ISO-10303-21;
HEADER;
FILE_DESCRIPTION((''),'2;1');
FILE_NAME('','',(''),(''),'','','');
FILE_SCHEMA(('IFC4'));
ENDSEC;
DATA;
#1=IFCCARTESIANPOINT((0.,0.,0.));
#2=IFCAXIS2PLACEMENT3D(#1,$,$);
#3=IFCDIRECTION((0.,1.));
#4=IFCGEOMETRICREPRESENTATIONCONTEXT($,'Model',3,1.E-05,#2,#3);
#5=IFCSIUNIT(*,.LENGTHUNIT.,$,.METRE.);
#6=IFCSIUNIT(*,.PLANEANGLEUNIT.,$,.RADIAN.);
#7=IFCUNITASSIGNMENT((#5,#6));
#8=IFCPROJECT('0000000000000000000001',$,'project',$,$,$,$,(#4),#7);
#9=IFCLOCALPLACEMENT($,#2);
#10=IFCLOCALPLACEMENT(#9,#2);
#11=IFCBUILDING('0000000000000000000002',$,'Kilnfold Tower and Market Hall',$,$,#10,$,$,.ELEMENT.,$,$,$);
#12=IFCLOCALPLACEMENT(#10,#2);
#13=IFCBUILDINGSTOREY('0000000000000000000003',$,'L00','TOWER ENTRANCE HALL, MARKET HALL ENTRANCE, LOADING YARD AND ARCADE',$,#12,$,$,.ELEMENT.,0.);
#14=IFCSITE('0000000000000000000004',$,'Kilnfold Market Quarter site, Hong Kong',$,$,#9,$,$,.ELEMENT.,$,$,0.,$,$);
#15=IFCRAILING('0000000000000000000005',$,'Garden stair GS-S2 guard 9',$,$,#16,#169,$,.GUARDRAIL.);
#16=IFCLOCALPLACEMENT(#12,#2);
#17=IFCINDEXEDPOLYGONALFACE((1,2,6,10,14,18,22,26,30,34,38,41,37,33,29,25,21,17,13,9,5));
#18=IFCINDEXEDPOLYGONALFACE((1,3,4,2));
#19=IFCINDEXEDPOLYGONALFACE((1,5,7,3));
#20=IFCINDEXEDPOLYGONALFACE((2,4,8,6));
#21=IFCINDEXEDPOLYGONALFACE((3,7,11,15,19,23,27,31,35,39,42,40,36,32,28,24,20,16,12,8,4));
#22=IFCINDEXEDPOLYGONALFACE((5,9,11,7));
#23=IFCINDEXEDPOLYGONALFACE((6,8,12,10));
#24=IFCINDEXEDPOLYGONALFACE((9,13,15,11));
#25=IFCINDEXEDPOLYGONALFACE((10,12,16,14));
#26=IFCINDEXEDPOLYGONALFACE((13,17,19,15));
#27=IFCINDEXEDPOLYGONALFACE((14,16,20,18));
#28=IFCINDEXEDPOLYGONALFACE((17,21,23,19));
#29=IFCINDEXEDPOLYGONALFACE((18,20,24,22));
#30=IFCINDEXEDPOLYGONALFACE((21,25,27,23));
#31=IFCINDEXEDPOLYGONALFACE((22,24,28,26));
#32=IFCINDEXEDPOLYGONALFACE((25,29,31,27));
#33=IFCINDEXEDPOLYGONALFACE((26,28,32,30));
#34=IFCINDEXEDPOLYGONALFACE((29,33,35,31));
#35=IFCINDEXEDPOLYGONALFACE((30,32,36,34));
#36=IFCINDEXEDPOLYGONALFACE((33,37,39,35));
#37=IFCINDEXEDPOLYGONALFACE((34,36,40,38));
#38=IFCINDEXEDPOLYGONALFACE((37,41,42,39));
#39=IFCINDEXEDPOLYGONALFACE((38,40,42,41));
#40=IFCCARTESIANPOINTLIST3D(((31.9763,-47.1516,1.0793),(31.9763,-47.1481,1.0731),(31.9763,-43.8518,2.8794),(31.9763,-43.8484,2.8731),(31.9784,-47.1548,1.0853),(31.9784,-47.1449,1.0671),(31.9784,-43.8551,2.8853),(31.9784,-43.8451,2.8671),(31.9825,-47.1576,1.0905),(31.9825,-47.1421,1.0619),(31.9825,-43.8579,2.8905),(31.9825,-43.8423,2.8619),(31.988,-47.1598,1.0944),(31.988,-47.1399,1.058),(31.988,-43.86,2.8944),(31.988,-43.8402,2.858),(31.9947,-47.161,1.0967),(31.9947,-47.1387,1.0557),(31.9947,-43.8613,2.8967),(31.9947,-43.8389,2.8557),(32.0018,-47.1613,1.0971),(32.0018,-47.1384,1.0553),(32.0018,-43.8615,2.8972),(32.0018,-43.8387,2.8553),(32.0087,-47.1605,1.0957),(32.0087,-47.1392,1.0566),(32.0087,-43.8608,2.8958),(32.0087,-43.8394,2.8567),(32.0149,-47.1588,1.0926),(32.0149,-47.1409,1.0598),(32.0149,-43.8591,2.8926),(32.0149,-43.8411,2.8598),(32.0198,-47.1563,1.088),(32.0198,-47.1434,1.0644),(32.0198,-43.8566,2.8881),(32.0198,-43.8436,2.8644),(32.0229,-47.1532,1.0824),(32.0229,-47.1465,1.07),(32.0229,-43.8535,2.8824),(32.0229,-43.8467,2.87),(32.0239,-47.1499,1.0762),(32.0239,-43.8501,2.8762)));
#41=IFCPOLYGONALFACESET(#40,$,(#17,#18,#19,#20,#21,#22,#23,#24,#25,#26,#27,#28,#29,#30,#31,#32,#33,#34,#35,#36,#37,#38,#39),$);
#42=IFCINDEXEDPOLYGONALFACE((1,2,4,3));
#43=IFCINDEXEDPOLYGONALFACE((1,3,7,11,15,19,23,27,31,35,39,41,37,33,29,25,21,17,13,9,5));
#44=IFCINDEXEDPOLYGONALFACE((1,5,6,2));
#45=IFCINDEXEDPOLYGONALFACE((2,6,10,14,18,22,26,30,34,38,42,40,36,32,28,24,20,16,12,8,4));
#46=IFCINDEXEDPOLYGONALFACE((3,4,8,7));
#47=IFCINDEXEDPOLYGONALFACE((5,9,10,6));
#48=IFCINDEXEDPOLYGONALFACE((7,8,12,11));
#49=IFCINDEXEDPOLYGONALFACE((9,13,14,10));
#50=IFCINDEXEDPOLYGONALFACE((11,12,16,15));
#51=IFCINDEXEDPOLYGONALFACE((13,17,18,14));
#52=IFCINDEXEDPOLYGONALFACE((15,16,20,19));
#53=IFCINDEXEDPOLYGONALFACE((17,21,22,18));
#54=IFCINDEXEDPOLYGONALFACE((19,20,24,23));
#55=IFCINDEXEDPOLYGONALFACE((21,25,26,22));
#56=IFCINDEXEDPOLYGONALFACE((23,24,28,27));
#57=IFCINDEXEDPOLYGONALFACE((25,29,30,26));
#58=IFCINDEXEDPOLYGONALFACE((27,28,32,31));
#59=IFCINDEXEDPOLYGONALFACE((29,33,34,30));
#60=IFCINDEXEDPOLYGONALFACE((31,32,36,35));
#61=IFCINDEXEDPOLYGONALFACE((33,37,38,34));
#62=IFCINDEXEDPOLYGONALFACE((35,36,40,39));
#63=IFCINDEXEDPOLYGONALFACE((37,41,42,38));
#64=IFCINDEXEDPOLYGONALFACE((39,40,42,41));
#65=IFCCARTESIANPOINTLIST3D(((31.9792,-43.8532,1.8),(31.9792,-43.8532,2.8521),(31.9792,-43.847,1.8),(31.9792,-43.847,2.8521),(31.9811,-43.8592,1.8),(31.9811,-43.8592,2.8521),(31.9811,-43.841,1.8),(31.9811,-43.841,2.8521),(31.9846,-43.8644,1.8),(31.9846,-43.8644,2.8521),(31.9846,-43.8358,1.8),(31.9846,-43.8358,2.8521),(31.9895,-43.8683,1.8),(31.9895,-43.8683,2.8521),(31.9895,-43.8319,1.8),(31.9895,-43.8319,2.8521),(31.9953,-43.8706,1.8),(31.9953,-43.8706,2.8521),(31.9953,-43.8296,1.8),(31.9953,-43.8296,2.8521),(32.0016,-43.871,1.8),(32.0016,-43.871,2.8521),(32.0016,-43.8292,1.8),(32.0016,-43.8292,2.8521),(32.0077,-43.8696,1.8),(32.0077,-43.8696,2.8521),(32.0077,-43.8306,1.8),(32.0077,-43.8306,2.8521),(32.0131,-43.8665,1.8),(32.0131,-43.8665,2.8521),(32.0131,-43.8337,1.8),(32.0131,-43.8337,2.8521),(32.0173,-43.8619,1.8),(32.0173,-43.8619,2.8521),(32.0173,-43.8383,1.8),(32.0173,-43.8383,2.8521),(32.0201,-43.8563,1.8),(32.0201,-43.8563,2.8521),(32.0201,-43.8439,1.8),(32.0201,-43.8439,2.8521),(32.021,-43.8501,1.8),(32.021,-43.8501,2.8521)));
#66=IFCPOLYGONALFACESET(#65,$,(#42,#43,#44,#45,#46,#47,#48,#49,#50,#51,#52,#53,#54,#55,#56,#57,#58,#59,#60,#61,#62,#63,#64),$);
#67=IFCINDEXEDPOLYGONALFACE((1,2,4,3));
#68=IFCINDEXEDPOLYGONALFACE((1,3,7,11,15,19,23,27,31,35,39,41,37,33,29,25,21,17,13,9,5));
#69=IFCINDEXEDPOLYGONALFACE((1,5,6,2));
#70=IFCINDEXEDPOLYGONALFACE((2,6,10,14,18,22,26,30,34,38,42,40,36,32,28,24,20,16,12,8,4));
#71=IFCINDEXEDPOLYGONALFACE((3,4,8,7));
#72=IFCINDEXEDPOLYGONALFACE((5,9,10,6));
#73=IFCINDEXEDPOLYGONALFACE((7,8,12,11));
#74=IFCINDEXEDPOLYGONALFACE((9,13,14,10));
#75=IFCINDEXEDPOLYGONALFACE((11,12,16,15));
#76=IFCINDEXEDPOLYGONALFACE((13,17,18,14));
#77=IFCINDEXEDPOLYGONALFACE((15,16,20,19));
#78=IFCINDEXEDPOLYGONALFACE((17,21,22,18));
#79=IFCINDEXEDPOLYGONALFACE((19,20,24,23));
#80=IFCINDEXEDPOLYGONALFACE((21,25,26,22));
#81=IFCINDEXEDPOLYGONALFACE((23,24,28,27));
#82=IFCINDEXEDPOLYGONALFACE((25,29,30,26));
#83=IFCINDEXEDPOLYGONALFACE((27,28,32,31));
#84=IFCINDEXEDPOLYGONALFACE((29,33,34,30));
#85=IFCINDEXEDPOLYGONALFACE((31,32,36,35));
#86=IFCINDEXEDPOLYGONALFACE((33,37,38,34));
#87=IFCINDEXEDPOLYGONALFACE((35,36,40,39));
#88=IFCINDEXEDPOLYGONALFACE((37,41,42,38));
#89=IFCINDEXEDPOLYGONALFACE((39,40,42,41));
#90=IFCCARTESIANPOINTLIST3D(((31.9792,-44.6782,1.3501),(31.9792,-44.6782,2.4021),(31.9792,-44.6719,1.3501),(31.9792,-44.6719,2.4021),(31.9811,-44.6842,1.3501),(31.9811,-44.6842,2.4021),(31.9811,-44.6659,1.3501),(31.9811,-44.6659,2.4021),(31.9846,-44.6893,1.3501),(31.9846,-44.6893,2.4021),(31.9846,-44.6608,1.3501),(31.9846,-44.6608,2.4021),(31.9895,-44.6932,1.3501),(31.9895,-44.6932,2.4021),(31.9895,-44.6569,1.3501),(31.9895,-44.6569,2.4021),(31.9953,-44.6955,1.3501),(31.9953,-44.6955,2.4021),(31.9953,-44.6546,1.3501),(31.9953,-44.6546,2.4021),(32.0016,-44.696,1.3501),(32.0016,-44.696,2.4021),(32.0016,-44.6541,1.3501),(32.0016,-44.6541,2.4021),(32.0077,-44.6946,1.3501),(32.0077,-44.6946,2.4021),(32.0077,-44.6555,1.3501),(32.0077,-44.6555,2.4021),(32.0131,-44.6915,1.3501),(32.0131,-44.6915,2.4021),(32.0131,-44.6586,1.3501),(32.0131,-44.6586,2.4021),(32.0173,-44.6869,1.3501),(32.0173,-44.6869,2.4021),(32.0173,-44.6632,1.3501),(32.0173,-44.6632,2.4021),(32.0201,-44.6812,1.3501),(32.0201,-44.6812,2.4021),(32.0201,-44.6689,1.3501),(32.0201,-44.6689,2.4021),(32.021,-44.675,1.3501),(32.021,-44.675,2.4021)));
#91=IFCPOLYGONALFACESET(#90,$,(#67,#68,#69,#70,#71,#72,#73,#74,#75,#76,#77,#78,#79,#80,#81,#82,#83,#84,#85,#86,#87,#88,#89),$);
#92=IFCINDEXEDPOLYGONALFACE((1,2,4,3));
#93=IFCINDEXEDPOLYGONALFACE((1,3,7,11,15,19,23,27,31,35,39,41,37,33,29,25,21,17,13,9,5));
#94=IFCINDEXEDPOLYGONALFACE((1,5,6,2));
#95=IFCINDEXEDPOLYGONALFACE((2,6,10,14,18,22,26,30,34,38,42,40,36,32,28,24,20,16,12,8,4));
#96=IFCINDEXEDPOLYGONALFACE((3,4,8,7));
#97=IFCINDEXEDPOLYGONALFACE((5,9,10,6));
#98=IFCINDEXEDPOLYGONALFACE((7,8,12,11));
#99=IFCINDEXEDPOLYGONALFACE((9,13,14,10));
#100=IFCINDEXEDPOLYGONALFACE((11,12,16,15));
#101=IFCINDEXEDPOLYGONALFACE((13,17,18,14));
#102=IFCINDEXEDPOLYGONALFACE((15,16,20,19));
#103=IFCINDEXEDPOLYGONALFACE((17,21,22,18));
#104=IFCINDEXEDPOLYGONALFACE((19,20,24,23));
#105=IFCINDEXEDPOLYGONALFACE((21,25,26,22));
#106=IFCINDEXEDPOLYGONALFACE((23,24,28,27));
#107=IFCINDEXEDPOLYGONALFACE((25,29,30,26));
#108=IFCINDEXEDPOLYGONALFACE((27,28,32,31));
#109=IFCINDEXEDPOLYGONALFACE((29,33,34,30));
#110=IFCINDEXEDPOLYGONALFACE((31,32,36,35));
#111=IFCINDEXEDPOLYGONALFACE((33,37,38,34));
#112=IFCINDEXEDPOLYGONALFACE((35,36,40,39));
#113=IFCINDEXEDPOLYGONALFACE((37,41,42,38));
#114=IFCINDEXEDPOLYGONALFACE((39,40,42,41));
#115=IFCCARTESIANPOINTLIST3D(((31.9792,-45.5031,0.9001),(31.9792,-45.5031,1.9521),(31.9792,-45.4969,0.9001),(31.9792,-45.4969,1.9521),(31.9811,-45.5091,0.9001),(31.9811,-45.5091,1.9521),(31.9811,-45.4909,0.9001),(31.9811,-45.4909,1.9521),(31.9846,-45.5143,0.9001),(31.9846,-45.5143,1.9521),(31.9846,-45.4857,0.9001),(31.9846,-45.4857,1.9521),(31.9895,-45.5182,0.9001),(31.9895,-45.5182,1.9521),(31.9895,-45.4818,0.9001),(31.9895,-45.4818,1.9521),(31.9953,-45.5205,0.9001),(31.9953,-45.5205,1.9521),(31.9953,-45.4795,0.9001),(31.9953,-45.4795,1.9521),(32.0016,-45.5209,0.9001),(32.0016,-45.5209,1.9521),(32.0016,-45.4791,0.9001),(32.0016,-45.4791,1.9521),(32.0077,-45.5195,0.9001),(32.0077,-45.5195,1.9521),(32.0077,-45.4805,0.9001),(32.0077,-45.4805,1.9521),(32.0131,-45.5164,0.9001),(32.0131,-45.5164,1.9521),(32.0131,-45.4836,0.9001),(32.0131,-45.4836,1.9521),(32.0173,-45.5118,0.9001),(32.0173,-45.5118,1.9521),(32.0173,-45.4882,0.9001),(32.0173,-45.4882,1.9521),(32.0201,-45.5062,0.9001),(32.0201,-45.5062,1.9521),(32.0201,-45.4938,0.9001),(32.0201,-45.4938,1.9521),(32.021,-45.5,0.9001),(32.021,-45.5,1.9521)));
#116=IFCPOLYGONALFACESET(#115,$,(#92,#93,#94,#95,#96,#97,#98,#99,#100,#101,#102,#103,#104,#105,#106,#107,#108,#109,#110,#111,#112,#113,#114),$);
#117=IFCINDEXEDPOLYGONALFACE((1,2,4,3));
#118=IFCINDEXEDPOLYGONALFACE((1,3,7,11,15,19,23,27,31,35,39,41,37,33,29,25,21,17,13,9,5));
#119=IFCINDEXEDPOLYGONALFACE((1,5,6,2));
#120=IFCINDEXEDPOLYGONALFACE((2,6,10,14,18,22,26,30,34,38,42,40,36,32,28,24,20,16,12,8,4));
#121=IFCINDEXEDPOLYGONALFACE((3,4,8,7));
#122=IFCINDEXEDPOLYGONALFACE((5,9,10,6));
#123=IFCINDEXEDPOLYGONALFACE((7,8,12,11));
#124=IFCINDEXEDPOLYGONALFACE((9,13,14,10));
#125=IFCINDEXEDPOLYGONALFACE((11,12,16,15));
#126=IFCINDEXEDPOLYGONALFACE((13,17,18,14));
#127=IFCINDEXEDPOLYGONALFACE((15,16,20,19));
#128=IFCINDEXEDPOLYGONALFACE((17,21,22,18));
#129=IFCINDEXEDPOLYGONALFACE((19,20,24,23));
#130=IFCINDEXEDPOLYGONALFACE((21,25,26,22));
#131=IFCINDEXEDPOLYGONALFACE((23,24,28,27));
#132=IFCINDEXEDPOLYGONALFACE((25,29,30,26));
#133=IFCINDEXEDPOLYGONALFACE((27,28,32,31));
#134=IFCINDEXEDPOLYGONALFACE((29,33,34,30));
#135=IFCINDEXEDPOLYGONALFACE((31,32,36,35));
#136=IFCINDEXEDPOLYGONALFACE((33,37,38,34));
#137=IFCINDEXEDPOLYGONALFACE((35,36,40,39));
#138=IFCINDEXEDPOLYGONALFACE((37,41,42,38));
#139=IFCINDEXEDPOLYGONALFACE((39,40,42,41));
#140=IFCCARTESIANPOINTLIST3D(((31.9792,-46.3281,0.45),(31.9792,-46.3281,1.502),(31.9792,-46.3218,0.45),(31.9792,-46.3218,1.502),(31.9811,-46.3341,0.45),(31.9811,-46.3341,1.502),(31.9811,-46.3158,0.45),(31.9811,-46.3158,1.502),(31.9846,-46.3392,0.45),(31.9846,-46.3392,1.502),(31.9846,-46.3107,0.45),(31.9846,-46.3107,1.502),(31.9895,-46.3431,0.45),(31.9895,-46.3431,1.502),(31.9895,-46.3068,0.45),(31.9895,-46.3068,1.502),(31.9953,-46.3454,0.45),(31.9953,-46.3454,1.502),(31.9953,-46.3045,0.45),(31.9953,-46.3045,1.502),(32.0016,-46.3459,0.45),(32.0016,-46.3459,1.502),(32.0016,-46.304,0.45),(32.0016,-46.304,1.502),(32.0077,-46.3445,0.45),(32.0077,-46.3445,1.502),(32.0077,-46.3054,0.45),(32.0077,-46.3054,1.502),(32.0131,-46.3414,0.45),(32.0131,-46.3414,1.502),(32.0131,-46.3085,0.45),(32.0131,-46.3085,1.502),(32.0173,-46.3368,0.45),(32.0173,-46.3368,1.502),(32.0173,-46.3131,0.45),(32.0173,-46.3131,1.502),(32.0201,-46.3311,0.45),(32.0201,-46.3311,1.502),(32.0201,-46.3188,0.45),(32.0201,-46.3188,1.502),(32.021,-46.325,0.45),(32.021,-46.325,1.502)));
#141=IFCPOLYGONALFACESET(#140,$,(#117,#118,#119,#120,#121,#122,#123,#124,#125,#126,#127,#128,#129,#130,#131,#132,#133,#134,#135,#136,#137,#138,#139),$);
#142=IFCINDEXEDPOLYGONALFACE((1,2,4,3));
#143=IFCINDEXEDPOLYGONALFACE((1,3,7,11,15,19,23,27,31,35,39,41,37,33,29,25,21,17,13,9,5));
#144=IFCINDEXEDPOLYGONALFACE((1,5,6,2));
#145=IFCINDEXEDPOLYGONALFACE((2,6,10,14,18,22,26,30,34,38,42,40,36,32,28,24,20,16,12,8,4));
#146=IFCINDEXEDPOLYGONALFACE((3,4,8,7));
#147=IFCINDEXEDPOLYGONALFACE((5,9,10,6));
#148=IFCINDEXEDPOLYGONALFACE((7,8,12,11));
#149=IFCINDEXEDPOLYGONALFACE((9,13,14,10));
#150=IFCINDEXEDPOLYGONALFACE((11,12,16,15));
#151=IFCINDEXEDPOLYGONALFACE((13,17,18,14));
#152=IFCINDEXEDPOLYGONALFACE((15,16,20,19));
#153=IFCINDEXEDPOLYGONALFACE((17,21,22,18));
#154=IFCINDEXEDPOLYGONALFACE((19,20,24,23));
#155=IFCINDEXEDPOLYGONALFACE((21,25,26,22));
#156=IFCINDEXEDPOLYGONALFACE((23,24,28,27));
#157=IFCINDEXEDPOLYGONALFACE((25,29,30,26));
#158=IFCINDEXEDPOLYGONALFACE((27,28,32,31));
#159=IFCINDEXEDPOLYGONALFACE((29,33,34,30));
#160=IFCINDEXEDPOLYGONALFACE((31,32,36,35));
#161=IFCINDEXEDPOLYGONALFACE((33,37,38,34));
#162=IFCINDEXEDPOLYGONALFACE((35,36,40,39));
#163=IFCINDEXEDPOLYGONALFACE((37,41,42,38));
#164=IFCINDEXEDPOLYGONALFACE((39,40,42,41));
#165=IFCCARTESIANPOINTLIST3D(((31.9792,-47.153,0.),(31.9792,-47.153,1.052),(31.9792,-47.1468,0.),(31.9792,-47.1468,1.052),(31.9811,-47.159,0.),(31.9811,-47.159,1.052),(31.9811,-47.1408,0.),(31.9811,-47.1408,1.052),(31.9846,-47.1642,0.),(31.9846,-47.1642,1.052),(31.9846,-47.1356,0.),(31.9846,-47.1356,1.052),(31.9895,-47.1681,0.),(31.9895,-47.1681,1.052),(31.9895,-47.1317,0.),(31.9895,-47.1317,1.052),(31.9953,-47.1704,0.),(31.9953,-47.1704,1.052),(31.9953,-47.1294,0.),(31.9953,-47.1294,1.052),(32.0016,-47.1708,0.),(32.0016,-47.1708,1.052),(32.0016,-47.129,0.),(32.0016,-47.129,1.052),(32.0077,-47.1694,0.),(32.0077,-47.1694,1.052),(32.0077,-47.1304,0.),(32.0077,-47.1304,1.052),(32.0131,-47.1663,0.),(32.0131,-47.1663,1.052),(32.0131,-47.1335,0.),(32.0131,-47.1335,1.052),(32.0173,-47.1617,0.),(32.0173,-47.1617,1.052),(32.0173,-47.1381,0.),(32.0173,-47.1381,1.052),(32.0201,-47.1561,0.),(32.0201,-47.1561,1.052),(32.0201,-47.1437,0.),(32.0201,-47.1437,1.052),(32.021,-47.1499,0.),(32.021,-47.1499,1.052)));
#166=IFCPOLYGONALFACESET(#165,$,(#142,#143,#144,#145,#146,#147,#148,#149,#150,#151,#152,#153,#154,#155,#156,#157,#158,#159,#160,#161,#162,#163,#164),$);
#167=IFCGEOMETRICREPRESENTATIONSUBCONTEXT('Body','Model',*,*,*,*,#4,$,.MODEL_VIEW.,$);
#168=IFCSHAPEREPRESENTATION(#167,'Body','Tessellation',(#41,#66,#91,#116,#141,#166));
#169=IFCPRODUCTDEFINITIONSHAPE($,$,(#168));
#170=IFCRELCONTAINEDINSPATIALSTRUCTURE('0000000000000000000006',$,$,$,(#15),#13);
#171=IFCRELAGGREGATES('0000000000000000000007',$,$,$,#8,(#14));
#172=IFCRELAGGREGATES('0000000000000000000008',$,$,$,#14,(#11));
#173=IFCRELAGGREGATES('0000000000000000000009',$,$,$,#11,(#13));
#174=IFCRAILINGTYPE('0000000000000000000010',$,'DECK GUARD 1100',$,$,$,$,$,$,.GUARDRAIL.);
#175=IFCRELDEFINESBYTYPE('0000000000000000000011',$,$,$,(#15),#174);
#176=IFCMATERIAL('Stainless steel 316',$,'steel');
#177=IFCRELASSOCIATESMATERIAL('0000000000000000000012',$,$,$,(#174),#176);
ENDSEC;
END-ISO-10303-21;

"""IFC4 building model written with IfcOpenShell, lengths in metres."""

from ifc_helpers import new_model, si_unit, direction, frame, origin, origin_2d, place, context, subcontext, project, spatial, circle, extrude, material, type_object, element, save


model = new_model("IFC4")

# Units and contexts
model_context = context("Model", 3, precision=1e-05, world=origin(), true_north=direction((0.0, 1.0)))
body_context = subcontext(model_context, "Body", "Model", "MODEL_VIEW")
ifc_project = project(units=[si_unit("LENGTHUNIT", "METRE"), si_unit("PLANEANGLEUNIT", "RADIAN")], contexts=[model_context])

# Site, building, storey
site_placement = place(None, origin())
site = spatial("IfcSite", under=ifc_project, at=site_placement, Name="Kilnfold Market Quarter site, Hong Kong", CompositionType="ELEMENT", RefElevation=0.0)
building_placement = place(site_placement, origin())
building = spatial("IfcBuilding", under=site, at=building_placement, Name="Kilnfold Tower and Market Hall", CompositionType="ELEMENT")
storey_placement = place(building_placement, origin())
storey = spatial("IfcBuildingStorey", under=building, at=storey_placement, Name="L00", Description="TOWER ENTRANCE HALL, MARKET HALL ENTRANCE, LOADING YARD AND ARCADE", CompositionType="ELEMENT", Elevation=0.0)

# Railing
ifc_material_1 = material(Name="Stainless steel 316", Category="steel")
railing_type_1 = type_object("IfcRailingType", Name="DECK GUARD 1100", PredefinedType="GUARDRAIL", material=ifc_material_1)
railing_1_placement = place(storey_placement, frame((32.0, -43.8501, 1.8)))
element("IfcRailing", 1, at=railing_1_placement, inside=storey, type_object=railing_type_1, Name="Garden stair GS-S2 guard 9", PredefinedType="GUARDRAIL", context=body_context, shape_type="SweptSolid", body=[
    extrude(circle(Radius=0.0239, at=origin_2d()), frame((0.0, 0.0, 1.0762), z_axis=(0.0, -0.877878, -0.478884), x_axis=(1.0, 0.0, 0.0)), (0.0, 0.0, 1.0), 3.7588),
    extrude(circle(Radius=0.021, at=origin_2d()), origin(), (0.0, 0.0, 1.0), 1.052),
    extrude(circle(Radius=0.021, at=origin_2d()), frame((0.0, -0.825, -0.45)), (0.0, 0.0, 1.0), 1.052),
    extrude(circle(Radius=0.021, at=origin_2d()), frame((0.0, -1.6499, -0.8999)), (0.0, 0.0, 1.0), 1.052),
    extrude(circle(Radius=0.021, at=origin_2d()), frame((0.0, -2.4749, -1.3501)), (0.0, 0.0, 1.0), 1.052),
    extrude(circle(Radius=0.021, at=origin_2d()), frame((0.0, -3.2998, -1.8)), (0.0, 0.0, 1.0), 1.052),
])

save(model, "model.ifc")
